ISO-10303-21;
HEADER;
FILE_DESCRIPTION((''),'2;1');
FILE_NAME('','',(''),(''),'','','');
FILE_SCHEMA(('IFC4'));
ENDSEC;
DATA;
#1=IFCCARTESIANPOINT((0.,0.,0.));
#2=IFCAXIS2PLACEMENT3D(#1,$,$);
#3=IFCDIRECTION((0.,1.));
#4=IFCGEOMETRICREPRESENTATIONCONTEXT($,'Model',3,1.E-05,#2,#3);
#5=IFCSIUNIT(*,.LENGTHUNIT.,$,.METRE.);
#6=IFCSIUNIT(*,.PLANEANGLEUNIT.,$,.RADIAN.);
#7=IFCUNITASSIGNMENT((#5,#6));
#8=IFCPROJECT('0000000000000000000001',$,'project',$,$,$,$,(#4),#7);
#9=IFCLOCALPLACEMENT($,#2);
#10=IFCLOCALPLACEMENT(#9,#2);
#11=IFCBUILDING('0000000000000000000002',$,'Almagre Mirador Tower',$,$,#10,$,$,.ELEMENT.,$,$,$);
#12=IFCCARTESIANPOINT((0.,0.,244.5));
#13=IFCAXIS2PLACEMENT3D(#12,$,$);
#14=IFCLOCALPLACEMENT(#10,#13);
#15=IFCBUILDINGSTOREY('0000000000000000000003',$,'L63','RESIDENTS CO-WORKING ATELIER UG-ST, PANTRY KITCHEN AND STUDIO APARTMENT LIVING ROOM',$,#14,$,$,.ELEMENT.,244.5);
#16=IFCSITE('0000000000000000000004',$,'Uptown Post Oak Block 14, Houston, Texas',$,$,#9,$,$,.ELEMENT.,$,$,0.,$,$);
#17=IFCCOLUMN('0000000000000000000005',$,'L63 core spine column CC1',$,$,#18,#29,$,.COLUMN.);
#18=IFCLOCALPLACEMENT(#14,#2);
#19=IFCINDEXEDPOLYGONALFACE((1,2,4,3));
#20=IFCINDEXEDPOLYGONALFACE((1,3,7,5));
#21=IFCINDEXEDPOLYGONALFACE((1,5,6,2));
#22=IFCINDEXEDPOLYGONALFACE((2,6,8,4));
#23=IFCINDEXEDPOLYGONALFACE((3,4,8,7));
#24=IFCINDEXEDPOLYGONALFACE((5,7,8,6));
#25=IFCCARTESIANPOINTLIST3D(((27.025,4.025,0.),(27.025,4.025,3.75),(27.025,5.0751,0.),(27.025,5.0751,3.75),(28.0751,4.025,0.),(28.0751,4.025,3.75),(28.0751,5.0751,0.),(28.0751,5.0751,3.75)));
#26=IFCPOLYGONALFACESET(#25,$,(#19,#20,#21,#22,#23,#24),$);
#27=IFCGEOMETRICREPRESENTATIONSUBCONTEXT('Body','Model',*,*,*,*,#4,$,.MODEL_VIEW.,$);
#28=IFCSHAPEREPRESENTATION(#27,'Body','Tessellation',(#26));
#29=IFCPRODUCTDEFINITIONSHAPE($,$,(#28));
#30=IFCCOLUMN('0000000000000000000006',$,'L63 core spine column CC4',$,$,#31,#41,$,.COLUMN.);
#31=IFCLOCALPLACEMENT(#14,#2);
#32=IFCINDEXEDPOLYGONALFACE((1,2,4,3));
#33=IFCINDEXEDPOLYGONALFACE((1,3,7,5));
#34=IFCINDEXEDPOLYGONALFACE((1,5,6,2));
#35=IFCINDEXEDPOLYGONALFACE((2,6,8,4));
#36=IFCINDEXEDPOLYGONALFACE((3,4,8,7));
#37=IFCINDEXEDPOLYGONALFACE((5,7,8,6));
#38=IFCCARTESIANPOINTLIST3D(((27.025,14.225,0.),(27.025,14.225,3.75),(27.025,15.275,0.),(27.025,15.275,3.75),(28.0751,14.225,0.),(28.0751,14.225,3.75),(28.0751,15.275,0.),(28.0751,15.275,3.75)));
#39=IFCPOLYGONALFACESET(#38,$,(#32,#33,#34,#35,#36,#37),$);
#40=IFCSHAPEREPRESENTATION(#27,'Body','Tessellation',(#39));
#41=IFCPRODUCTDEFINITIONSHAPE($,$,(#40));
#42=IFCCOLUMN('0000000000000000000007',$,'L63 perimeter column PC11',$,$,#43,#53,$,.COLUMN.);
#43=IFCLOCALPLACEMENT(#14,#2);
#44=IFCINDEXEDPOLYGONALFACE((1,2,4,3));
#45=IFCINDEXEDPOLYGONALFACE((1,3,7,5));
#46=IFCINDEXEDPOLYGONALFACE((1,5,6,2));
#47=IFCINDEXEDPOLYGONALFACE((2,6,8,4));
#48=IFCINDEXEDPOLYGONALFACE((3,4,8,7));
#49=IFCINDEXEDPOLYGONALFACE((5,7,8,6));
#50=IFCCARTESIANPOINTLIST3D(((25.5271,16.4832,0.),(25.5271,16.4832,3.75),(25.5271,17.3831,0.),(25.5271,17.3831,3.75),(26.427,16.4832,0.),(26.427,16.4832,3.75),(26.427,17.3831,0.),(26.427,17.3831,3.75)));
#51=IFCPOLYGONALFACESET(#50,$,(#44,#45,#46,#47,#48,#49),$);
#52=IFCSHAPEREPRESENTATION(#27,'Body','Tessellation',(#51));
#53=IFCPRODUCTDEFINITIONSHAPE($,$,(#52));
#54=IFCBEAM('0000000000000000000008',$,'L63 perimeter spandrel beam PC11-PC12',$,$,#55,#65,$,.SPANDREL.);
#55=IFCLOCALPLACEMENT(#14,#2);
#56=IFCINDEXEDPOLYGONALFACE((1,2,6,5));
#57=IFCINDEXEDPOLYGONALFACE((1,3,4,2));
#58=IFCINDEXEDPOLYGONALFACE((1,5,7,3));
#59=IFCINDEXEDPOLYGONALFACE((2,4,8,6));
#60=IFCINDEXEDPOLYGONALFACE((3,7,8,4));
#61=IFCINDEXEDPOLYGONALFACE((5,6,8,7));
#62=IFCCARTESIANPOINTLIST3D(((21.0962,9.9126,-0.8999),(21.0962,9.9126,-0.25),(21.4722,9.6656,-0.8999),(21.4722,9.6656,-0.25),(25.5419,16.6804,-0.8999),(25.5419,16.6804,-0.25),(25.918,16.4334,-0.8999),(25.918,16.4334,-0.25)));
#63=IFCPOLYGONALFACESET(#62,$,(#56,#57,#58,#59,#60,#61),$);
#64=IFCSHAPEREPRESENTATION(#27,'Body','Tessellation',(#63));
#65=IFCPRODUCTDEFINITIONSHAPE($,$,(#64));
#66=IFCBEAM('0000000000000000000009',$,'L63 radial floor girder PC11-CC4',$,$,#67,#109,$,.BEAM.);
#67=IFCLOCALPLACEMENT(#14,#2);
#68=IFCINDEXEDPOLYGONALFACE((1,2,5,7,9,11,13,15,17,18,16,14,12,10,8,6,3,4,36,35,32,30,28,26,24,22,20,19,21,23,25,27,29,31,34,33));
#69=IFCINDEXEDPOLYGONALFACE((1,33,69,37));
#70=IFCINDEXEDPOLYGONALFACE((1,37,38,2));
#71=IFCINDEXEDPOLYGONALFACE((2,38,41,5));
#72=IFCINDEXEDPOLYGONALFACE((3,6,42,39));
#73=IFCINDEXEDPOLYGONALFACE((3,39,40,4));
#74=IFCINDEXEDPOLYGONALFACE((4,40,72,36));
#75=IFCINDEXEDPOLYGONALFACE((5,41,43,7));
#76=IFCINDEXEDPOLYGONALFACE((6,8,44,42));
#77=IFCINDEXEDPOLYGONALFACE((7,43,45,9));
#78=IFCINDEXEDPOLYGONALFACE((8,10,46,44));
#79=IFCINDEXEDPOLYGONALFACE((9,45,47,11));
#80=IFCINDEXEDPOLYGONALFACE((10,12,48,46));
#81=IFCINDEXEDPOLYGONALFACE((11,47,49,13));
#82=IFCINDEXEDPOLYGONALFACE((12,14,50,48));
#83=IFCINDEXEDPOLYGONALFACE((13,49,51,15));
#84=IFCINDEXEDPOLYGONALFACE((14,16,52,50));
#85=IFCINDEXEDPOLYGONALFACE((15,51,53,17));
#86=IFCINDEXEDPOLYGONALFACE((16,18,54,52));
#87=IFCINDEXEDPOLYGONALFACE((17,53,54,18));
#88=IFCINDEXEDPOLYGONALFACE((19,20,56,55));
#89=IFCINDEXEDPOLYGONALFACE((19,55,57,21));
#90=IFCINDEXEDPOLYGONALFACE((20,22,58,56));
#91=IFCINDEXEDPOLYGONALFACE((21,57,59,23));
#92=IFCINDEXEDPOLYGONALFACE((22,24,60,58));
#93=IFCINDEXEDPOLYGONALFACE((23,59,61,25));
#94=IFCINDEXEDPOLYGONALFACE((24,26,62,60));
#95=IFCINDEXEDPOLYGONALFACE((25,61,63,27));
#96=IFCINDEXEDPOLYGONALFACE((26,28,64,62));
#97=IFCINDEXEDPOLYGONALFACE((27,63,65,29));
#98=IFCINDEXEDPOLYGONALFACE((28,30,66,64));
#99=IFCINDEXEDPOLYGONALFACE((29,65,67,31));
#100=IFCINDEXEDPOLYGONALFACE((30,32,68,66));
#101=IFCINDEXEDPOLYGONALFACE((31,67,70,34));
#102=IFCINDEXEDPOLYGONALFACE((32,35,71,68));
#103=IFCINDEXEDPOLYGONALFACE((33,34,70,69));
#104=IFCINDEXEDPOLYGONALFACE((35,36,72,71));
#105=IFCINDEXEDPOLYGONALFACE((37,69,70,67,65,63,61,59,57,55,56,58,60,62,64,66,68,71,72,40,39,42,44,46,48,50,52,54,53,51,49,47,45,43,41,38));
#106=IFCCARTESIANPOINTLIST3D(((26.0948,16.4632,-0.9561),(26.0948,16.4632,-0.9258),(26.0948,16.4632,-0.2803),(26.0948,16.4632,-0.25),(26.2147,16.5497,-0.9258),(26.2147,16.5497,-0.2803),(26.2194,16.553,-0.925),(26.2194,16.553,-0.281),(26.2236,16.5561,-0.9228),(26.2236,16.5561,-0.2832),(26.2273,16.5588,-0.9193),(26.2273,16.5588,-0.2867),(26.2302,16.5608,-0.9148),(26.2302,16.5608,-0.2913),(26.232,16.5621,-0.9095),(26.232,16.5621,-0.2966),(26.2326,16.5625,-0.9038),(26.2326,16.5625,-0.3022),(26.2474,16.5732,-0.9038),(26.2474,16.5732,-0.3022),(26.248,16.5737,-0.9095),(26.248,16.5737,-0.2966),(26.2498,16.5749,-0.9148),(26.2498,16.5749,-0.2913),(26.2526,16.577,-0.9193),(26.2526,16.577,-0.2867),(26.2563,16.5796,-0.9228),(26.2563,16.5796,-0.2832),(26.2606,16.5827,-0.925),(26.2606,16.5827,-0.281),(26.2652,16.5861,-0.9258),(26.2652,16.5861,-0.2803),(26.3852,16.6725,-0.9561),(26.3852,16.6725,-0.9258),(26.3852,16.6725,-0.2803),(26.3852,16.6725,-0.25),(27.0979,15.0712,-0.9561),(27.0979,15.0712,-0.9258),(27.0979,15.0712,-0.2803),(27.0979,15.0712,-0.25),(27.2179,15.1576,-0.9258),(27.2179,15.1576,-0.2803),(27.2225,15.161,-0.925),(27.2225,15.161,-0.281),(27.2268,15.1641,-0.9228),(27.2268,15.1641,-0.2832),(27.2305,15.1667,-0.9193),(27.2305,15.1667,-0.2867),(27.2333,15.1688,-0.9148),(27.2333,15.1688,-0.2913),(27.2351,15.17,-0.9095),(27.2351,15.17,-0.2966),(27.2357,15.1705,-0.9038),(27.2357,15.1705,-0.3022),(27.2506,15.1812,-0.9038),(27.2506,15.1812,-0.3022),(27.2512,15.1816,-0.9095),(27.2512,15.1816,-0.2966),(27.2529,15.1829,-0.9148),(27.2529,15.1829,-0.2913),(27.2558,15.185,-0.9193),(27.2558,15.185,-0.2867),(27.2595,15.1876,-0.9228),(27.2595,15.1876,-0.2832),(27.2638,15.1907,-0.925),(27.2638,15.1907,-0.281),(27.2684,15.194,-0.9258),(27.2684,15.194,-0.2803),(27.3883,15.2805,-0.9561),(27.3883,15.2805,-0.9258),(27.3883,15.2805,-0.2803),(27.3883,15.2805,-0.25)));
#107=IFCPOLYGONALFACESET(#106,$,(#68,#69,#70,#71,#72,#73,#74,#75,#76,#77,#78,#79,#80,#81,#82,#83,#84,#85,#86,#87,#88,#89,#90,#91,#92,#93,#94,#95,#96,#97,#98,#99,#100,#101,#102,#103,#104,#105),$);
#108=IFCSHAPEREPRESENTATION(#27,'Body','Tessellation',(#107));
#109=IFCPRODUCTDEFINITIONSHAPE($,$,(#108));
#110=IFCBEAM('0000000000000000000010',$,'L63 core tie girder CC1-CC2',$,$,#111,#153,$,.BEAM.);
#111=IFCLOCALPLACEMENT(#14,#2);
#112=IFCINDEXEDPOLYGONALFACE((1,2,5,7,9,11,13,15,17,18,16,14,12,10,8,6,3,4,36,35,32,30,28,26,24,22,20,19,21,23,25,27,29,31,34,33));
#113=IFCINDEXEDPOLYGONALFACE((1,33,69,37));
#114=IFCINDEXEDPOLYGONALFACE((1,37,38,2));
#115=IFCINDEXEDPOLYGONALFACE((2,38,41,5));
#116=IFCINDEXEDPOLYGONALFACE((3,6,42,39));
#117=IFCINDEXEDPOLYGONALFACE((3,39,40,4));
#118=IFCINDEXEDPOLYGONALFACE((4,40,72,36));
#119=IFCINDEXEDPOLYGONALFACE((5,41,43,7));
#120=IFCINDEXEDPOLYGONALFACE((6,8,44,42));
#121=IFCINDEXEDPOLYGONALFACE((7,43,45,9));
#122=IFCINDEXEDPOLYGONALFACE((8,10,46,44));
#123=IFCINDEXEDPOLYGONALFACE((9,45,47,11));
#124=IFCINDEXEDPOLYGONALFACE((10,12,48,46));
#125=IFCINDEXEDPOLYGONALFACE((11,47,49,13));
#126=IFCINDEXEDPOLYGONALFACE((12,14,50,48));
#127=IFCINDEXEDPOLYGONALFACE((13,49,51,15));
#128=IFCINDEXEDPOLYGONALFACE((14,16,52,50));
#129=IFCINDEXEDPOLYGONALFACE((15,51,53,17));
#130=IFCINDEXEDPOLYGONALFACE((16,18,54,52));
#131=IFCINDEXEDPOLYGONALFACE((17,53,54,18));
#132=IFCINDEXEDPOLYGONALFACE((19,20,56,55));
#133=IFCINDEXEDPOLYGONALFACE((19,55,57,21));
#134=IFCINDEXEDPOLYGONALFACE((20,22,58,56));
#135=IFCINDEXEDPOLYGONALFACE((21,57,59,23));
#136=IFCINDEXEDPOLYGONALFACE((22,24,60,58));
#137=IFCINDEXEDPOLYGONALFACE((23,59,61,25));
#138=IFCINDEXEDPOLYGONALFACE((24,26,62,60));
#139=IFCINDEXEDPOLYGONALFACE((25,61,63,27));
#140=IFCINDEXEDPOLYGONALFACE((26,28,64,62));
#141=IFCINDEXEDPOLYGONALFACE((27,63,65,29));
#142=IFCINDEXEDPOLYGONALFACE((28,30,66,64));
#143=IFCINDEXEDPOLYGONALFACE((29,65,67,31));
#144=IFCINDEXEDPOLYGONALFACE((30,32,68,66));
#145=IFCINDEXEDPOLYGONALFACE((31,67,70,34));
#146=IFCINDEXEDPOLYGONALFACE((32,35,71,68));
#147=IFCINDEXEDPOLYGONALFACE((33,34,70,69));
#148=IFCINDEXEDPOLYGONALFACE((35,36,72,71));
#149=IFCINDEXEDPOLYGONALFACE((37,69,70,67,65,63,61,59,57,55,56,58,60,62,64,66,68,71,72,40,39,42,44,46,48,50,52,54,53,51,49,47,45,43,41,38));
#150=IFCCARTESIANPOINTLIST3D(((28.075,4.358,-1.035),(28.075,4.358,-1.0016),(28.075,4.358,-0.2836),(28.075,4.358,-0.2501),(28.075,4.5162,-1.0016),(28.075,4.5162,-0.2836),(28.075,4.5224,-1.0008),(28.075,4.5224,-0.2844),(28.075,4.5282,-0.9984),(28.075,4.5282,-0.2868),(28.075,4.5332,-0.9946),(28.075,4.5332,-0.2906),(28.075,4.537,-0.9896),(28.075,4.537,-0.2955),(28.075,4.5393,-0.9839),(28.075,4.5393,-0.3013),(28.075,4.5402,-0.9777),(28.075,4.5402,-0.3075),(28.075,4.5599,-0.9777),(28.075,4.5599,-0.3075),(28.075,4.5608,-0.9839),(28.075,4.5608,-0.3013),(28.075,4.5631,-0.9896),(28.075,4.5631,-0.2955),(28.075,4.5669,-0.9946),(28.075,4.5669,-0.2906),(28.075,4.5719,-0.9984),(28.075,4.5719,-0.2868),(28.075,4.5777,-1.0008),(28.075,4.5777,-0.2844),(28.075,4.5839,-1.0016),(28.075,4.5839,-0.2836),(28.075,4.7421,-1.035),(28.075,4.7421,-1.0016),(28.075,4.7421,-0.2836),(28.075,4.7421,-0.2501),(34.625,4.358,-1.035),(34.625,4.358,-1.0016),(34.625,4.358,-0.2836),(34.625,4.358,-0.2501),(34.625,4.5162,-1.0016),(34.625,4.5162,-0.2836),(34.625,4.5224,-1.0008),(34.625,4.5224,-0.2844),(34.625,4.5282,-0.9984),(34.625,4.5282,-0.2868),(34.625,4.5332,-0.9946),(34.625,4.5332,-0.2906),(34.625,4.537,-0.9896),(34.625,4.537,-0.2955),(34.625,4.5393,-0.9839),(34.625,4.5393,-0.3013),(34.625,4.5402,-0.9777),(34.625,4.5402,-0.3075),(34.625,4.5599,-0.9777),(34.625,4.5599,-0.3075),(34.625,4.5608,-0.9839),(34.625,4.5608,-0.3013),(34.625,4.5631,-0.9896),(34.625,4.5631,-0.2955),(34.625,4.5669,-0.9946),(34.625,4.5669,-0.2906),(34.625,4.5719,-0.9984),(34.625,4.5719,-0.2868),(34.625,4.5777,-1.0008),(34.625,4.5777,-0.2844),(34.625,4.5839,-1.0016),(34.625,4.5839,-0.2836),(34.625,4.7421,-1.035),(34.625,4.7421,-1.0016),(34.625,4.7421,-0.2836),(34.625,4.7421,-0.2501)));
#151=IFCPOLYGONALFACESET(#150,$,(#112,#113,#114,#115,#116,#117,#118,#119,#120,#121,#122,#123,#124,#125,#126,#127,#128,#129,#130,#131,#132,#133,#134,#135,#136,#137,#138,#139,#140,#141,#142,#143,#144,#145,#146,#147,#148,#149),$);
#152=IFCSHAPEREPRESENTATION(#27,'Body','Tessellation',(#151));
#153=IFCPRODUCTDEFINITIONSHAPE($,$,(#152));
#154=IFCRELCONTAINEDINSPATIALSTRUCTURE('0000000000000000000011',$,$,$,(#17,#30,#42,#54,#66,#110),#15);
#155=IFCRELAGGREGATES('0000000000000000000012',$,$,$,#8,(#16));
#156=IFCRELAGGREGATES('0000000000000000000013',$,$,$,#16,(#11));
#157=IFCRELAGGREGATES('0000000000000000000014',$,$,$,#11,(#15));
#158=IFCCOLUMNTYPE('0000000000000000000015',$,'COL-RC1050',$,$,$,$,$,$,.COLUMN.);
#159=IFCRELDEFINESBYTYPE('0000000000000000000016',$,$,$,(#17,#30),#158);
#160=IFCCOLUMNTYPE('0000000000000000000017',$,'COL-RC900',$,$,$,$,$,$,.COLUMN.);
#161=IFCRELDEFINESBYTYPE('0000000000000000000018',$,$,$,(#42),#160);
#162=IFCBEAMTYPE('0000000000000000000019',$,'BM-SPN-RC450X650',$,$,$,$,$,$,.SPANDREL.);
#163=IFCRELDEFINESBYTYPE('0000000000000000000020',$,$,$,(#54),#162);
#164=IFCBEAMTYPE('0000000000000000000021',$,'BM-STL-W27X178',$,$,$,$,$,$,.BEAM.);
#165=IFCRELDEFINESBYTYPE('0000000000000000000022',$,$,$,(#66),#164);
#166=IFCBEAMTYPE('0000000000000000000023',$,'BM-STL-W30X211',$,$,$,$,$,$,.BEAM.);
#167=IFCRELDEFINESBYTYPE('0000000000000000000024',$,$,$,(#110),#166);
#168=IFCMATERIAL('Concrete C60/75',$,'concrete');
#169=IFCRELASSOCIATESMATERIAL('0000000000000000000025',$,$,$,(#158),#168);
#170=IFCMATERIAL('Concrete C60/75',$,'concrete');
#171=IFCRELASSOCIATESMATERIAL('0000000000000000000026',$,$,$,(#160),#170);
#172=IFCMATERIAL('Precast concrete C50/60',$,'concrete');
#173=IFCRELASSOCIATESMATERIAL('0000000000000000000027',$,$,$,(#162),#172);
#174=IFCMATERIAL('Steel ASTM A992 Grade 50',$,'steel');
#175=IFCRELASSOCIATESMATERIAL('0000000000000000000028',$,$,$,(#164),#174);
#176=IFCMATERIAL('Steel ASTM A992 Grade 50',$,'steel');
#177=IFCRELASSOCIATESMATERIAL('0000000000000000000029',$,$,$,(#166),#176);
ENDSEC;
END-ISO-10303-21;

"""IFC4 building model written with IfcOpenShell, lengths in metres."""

from ifc_helpers import new_model, si_unit, direction, frame, origin, origin_2d, place, context, subcontext, project, spatial, rectangle, i_section, extrude, material, material_profile, profile_set, type_object, element, save


model = new_model("IFC4")

# Units and contexts
model_context = context("Model", 3, precision=1e-05, world=origin(), true_north=direction((0.0, 1.0)))
body_context = subcontext(model_context, "Body", "Model", "MODEL_VIEW")
ifc_project = project(units=[si_unit("LENGTHUNIT", "METRE"), si_unit("PLANEANGLEUNIT", "RADIAN")], contexts=[model_context])

# Site, building, storey
site_placement = place(None, origin())
site = spatial("IfcSite", under=ifc_project, at=site_placement, Name="Uptown Post Oak Block 14, Houston, Texas", CompositionType="ELEMENT", RefElevation=0.0)
building_placement = place(site_placement, origin())
building = spatial("IfcBuilding", under=site, at=building_placement, Name="Almagre Mirador Tower", CompositionType="ELEMENT")
storey_placement = place(building_placement, frame((0.0, 0.0, 244.5)))
storey = spatial("IfcBuildingStorey", under=building, at=storey_placement, Name="L63", Description="RESIDENTS CO-WORKING ATELIER UG-ST, PANTRY KITCHEN AND STUDIO APARTMENT LIVING ROOM", CompositionType="ELEMENT", Elevation=244.5)

# Columns
ifc_material_1 = material(Name="Concrete C60/75", Category="concrete")
ifc_material_profile_1 = material_profile(ifc_material_1, rectangle(XDim=1.05, YDim=1.05, at=origin_2d()), Name="RC1050X1050")
ifc_profile_set_1 = profile_set([ifc_material_profile_1], Name="Concrete C60/75")
column_type_1 = type_object("IfcColumnType", Name="COL-RC1050", PredefinedType="COLUMN", material=ifc_profile_set_1)
for number, where, z_axis, x_axis, name in (
    (1, (27.55, 4.55, 0.0), (0.0, 0.0, 1.0), (1.0, 0.0, 0.0), "L63 core spine column CC1"),
    (2, (27.55, 14.75, 0.0), (0.0, 0.0, 1.0), (1.0, 0.0, 0.0), "L63 core spine column CC4"),
):
    element("IfcColumn", number, at=place(storey_placement, frame(where, z_axis=z_axis, x_axis=x_axis)), inside=storey, type_object=column_type_1, Name=name, PredefinedType="COLUMN", context=body_context, shape_type="SweptSolid", body=[
        extrude(rectangle(XDim=1.05, YDim=1.05, at=origin_2d()), origin(), (0.0, 0.0, 1.0), 3.75),
    ])
ifc_material_2 = material(Name="Concrete C60/75", Category="concrete")
ifc_material_profile_2 = material_profile(ifc_material_2, rectangle(XDim=0.8999, YDim=0.8999, at=origin_2d()), Name="RC900X900")
ifc_profile_set_2 = profile_set([ifc_material_profile_2], Name="Concrete C60/75")
column_type_2 = type_object("IfcColumnType", Name="COL-RC900", PredefinedType="COLUMN", material=ifc_profile_set_2)
column_placement = place(storey_placement, frame((25.9771, 16.9331, 0.0), z_axis=(0.0, 0.0, 1.0), x_axis=(1.0, 0.0, 0.0)))
element("IfcColumn", 3, at=column_placement, inside=storey, type_object=column_type_2, Name="L63 perimeter column PC11", PredefinedType="COLUMN", context=body_context, shape_type="SweptSolid", body=[
    extrude(rectangle(XDim=0.8999, YDim=0.8999, at=origin_2d()), origin(), (0.0, 0.0, 1.0), 3.75),
])

# Beams
ifc_material_3 = material(Name="Precast concrete C50/60", Category="concrete")
ifc_material_profile_3 = material_profile(ifc_material_3, rectangle(XDim=0.45, YDim=0.6499, at=origin_2d()), Name="RC450X650")
ifc_profile_set_3 = profile_set([ifc_material_profile_3], Name="Precast concrete C50/60")
beam_type_1 = type_object("IfcBeamType", Name="BM-SPN-RC450X650", PredefinedType="SPANDREL", material=ifc_profile_set_3)
beam_1_placement = place(storey_placement, frame((25.73, 16.5569, -0.575), z_axis=(-0.549038, -0.835798, 0.0), x_axis=(0.835798, -0.549038, 0.0)))
element("IfcBeam", 4, at=beam_1_placement, inside=storey, type_object=beam_type_1, Name="L63 perimeter spandrel beam PC11-PC12", PredefinedType="SPANDREL", context=body_context, shape_type="SweptSolid", body=[
    extrude(rectangle(XDim=0.45, YDim=0.6499, at=origin_2d()), origin(), (0.0, 0.0, 1.0), 8.0974),
])
ifc_material_4 = material(Name="Steel ASTM A992 Grade 50", Category="steel")
ifc_material_profile_4 = material_profile(ifc_material_4, i_section(OverallWidth=0.3579, OverallDepth=0.7061, WebThickness=0.0183, FlangeThickness=0.0303, FilletRadius=0.022, at=origin_2d()), Name="W27X178")
ifc_profile_set_4 = profile_set([ifc_material_profile_4], Name="Steel ASTM A992 Grade 50")
beam_type_2 = type_object("IfcBeamType", Name="BM-STL-W27X178", PredefinedType="BEAM", material=ifc_profile_set_4)
beam_2_placement = place(storey_placement, frame((26.24, 16.5679, -0.603), z_axis=(0.584638, -0.811294, 0.0), x_axis=(0.811294, 0.584638, 0.0)))
element("IfcBeam", 5, at=beam_2_placement, inside=storey, type_object=beam_type_2, Name="L63 radial floor girder PC11-CC4", PredefinedType="BEAM", context=body_context, shape_type="SweptSolid", body=[
    extrude(i_section(OverallWidth=0.3579, OverallDepth=0.7061, WebThickness=0.0183, FlangeThickness=0.0303, FilletRadius=0.022, at=origin_2d()), origin(), (0.0, 0.0, 1.0), 1.7158),
])
ifc_material_5 = material(Name="Steel ASTM A992 Grade 50", Category="steel")
ifc_material_profile_5 = material_profile(ifc_material_5, i_section(OverallWidth=0.384, OverallDepth=0.7849, WebThickness=0.0198, FlangeThickness=0.0334, FilletRadius=0.0239, at=origin_2d()), Name="W30X211")
ifc_profile_set_5 = profile_set([ifc_material_profile_5], Name="Steel ASTM A992 Grade 50")
beam_type_3 = type_object("IfcBeamType", Name="BM-STL-W30X211", PredefinedType="BEAM", material=ifc_profile_set_5)
for number, where, z_axis, x_axis, name in (
    (6, (28.075, 4.55, -0.6426), (1.0, 0.0, 0.0), (0.0, 1.0, 0.0), "L63 core tie girder CC1-CC2"),
):
    element("IfcBeam", number, at=place(storey_placement, frame(where, z_axis=z_axis, x_axis=x_axis)), inside=storey, type_object=beam_type_3, Name=name, PredefinedType="BEAM", context=body_context, shape_type="SweptSolid", body=[
        extrude(i_section(OverallWidth=0.384, OverallDepth=0.7849, WebThickness=0.0198, FlangeThickness=0.0334, FilletRadius=0.0239, at=origin_2d()), origin(), (0.0, 0.0, 1.0), 6.55),
    ])

save(model, "model.ifc")
